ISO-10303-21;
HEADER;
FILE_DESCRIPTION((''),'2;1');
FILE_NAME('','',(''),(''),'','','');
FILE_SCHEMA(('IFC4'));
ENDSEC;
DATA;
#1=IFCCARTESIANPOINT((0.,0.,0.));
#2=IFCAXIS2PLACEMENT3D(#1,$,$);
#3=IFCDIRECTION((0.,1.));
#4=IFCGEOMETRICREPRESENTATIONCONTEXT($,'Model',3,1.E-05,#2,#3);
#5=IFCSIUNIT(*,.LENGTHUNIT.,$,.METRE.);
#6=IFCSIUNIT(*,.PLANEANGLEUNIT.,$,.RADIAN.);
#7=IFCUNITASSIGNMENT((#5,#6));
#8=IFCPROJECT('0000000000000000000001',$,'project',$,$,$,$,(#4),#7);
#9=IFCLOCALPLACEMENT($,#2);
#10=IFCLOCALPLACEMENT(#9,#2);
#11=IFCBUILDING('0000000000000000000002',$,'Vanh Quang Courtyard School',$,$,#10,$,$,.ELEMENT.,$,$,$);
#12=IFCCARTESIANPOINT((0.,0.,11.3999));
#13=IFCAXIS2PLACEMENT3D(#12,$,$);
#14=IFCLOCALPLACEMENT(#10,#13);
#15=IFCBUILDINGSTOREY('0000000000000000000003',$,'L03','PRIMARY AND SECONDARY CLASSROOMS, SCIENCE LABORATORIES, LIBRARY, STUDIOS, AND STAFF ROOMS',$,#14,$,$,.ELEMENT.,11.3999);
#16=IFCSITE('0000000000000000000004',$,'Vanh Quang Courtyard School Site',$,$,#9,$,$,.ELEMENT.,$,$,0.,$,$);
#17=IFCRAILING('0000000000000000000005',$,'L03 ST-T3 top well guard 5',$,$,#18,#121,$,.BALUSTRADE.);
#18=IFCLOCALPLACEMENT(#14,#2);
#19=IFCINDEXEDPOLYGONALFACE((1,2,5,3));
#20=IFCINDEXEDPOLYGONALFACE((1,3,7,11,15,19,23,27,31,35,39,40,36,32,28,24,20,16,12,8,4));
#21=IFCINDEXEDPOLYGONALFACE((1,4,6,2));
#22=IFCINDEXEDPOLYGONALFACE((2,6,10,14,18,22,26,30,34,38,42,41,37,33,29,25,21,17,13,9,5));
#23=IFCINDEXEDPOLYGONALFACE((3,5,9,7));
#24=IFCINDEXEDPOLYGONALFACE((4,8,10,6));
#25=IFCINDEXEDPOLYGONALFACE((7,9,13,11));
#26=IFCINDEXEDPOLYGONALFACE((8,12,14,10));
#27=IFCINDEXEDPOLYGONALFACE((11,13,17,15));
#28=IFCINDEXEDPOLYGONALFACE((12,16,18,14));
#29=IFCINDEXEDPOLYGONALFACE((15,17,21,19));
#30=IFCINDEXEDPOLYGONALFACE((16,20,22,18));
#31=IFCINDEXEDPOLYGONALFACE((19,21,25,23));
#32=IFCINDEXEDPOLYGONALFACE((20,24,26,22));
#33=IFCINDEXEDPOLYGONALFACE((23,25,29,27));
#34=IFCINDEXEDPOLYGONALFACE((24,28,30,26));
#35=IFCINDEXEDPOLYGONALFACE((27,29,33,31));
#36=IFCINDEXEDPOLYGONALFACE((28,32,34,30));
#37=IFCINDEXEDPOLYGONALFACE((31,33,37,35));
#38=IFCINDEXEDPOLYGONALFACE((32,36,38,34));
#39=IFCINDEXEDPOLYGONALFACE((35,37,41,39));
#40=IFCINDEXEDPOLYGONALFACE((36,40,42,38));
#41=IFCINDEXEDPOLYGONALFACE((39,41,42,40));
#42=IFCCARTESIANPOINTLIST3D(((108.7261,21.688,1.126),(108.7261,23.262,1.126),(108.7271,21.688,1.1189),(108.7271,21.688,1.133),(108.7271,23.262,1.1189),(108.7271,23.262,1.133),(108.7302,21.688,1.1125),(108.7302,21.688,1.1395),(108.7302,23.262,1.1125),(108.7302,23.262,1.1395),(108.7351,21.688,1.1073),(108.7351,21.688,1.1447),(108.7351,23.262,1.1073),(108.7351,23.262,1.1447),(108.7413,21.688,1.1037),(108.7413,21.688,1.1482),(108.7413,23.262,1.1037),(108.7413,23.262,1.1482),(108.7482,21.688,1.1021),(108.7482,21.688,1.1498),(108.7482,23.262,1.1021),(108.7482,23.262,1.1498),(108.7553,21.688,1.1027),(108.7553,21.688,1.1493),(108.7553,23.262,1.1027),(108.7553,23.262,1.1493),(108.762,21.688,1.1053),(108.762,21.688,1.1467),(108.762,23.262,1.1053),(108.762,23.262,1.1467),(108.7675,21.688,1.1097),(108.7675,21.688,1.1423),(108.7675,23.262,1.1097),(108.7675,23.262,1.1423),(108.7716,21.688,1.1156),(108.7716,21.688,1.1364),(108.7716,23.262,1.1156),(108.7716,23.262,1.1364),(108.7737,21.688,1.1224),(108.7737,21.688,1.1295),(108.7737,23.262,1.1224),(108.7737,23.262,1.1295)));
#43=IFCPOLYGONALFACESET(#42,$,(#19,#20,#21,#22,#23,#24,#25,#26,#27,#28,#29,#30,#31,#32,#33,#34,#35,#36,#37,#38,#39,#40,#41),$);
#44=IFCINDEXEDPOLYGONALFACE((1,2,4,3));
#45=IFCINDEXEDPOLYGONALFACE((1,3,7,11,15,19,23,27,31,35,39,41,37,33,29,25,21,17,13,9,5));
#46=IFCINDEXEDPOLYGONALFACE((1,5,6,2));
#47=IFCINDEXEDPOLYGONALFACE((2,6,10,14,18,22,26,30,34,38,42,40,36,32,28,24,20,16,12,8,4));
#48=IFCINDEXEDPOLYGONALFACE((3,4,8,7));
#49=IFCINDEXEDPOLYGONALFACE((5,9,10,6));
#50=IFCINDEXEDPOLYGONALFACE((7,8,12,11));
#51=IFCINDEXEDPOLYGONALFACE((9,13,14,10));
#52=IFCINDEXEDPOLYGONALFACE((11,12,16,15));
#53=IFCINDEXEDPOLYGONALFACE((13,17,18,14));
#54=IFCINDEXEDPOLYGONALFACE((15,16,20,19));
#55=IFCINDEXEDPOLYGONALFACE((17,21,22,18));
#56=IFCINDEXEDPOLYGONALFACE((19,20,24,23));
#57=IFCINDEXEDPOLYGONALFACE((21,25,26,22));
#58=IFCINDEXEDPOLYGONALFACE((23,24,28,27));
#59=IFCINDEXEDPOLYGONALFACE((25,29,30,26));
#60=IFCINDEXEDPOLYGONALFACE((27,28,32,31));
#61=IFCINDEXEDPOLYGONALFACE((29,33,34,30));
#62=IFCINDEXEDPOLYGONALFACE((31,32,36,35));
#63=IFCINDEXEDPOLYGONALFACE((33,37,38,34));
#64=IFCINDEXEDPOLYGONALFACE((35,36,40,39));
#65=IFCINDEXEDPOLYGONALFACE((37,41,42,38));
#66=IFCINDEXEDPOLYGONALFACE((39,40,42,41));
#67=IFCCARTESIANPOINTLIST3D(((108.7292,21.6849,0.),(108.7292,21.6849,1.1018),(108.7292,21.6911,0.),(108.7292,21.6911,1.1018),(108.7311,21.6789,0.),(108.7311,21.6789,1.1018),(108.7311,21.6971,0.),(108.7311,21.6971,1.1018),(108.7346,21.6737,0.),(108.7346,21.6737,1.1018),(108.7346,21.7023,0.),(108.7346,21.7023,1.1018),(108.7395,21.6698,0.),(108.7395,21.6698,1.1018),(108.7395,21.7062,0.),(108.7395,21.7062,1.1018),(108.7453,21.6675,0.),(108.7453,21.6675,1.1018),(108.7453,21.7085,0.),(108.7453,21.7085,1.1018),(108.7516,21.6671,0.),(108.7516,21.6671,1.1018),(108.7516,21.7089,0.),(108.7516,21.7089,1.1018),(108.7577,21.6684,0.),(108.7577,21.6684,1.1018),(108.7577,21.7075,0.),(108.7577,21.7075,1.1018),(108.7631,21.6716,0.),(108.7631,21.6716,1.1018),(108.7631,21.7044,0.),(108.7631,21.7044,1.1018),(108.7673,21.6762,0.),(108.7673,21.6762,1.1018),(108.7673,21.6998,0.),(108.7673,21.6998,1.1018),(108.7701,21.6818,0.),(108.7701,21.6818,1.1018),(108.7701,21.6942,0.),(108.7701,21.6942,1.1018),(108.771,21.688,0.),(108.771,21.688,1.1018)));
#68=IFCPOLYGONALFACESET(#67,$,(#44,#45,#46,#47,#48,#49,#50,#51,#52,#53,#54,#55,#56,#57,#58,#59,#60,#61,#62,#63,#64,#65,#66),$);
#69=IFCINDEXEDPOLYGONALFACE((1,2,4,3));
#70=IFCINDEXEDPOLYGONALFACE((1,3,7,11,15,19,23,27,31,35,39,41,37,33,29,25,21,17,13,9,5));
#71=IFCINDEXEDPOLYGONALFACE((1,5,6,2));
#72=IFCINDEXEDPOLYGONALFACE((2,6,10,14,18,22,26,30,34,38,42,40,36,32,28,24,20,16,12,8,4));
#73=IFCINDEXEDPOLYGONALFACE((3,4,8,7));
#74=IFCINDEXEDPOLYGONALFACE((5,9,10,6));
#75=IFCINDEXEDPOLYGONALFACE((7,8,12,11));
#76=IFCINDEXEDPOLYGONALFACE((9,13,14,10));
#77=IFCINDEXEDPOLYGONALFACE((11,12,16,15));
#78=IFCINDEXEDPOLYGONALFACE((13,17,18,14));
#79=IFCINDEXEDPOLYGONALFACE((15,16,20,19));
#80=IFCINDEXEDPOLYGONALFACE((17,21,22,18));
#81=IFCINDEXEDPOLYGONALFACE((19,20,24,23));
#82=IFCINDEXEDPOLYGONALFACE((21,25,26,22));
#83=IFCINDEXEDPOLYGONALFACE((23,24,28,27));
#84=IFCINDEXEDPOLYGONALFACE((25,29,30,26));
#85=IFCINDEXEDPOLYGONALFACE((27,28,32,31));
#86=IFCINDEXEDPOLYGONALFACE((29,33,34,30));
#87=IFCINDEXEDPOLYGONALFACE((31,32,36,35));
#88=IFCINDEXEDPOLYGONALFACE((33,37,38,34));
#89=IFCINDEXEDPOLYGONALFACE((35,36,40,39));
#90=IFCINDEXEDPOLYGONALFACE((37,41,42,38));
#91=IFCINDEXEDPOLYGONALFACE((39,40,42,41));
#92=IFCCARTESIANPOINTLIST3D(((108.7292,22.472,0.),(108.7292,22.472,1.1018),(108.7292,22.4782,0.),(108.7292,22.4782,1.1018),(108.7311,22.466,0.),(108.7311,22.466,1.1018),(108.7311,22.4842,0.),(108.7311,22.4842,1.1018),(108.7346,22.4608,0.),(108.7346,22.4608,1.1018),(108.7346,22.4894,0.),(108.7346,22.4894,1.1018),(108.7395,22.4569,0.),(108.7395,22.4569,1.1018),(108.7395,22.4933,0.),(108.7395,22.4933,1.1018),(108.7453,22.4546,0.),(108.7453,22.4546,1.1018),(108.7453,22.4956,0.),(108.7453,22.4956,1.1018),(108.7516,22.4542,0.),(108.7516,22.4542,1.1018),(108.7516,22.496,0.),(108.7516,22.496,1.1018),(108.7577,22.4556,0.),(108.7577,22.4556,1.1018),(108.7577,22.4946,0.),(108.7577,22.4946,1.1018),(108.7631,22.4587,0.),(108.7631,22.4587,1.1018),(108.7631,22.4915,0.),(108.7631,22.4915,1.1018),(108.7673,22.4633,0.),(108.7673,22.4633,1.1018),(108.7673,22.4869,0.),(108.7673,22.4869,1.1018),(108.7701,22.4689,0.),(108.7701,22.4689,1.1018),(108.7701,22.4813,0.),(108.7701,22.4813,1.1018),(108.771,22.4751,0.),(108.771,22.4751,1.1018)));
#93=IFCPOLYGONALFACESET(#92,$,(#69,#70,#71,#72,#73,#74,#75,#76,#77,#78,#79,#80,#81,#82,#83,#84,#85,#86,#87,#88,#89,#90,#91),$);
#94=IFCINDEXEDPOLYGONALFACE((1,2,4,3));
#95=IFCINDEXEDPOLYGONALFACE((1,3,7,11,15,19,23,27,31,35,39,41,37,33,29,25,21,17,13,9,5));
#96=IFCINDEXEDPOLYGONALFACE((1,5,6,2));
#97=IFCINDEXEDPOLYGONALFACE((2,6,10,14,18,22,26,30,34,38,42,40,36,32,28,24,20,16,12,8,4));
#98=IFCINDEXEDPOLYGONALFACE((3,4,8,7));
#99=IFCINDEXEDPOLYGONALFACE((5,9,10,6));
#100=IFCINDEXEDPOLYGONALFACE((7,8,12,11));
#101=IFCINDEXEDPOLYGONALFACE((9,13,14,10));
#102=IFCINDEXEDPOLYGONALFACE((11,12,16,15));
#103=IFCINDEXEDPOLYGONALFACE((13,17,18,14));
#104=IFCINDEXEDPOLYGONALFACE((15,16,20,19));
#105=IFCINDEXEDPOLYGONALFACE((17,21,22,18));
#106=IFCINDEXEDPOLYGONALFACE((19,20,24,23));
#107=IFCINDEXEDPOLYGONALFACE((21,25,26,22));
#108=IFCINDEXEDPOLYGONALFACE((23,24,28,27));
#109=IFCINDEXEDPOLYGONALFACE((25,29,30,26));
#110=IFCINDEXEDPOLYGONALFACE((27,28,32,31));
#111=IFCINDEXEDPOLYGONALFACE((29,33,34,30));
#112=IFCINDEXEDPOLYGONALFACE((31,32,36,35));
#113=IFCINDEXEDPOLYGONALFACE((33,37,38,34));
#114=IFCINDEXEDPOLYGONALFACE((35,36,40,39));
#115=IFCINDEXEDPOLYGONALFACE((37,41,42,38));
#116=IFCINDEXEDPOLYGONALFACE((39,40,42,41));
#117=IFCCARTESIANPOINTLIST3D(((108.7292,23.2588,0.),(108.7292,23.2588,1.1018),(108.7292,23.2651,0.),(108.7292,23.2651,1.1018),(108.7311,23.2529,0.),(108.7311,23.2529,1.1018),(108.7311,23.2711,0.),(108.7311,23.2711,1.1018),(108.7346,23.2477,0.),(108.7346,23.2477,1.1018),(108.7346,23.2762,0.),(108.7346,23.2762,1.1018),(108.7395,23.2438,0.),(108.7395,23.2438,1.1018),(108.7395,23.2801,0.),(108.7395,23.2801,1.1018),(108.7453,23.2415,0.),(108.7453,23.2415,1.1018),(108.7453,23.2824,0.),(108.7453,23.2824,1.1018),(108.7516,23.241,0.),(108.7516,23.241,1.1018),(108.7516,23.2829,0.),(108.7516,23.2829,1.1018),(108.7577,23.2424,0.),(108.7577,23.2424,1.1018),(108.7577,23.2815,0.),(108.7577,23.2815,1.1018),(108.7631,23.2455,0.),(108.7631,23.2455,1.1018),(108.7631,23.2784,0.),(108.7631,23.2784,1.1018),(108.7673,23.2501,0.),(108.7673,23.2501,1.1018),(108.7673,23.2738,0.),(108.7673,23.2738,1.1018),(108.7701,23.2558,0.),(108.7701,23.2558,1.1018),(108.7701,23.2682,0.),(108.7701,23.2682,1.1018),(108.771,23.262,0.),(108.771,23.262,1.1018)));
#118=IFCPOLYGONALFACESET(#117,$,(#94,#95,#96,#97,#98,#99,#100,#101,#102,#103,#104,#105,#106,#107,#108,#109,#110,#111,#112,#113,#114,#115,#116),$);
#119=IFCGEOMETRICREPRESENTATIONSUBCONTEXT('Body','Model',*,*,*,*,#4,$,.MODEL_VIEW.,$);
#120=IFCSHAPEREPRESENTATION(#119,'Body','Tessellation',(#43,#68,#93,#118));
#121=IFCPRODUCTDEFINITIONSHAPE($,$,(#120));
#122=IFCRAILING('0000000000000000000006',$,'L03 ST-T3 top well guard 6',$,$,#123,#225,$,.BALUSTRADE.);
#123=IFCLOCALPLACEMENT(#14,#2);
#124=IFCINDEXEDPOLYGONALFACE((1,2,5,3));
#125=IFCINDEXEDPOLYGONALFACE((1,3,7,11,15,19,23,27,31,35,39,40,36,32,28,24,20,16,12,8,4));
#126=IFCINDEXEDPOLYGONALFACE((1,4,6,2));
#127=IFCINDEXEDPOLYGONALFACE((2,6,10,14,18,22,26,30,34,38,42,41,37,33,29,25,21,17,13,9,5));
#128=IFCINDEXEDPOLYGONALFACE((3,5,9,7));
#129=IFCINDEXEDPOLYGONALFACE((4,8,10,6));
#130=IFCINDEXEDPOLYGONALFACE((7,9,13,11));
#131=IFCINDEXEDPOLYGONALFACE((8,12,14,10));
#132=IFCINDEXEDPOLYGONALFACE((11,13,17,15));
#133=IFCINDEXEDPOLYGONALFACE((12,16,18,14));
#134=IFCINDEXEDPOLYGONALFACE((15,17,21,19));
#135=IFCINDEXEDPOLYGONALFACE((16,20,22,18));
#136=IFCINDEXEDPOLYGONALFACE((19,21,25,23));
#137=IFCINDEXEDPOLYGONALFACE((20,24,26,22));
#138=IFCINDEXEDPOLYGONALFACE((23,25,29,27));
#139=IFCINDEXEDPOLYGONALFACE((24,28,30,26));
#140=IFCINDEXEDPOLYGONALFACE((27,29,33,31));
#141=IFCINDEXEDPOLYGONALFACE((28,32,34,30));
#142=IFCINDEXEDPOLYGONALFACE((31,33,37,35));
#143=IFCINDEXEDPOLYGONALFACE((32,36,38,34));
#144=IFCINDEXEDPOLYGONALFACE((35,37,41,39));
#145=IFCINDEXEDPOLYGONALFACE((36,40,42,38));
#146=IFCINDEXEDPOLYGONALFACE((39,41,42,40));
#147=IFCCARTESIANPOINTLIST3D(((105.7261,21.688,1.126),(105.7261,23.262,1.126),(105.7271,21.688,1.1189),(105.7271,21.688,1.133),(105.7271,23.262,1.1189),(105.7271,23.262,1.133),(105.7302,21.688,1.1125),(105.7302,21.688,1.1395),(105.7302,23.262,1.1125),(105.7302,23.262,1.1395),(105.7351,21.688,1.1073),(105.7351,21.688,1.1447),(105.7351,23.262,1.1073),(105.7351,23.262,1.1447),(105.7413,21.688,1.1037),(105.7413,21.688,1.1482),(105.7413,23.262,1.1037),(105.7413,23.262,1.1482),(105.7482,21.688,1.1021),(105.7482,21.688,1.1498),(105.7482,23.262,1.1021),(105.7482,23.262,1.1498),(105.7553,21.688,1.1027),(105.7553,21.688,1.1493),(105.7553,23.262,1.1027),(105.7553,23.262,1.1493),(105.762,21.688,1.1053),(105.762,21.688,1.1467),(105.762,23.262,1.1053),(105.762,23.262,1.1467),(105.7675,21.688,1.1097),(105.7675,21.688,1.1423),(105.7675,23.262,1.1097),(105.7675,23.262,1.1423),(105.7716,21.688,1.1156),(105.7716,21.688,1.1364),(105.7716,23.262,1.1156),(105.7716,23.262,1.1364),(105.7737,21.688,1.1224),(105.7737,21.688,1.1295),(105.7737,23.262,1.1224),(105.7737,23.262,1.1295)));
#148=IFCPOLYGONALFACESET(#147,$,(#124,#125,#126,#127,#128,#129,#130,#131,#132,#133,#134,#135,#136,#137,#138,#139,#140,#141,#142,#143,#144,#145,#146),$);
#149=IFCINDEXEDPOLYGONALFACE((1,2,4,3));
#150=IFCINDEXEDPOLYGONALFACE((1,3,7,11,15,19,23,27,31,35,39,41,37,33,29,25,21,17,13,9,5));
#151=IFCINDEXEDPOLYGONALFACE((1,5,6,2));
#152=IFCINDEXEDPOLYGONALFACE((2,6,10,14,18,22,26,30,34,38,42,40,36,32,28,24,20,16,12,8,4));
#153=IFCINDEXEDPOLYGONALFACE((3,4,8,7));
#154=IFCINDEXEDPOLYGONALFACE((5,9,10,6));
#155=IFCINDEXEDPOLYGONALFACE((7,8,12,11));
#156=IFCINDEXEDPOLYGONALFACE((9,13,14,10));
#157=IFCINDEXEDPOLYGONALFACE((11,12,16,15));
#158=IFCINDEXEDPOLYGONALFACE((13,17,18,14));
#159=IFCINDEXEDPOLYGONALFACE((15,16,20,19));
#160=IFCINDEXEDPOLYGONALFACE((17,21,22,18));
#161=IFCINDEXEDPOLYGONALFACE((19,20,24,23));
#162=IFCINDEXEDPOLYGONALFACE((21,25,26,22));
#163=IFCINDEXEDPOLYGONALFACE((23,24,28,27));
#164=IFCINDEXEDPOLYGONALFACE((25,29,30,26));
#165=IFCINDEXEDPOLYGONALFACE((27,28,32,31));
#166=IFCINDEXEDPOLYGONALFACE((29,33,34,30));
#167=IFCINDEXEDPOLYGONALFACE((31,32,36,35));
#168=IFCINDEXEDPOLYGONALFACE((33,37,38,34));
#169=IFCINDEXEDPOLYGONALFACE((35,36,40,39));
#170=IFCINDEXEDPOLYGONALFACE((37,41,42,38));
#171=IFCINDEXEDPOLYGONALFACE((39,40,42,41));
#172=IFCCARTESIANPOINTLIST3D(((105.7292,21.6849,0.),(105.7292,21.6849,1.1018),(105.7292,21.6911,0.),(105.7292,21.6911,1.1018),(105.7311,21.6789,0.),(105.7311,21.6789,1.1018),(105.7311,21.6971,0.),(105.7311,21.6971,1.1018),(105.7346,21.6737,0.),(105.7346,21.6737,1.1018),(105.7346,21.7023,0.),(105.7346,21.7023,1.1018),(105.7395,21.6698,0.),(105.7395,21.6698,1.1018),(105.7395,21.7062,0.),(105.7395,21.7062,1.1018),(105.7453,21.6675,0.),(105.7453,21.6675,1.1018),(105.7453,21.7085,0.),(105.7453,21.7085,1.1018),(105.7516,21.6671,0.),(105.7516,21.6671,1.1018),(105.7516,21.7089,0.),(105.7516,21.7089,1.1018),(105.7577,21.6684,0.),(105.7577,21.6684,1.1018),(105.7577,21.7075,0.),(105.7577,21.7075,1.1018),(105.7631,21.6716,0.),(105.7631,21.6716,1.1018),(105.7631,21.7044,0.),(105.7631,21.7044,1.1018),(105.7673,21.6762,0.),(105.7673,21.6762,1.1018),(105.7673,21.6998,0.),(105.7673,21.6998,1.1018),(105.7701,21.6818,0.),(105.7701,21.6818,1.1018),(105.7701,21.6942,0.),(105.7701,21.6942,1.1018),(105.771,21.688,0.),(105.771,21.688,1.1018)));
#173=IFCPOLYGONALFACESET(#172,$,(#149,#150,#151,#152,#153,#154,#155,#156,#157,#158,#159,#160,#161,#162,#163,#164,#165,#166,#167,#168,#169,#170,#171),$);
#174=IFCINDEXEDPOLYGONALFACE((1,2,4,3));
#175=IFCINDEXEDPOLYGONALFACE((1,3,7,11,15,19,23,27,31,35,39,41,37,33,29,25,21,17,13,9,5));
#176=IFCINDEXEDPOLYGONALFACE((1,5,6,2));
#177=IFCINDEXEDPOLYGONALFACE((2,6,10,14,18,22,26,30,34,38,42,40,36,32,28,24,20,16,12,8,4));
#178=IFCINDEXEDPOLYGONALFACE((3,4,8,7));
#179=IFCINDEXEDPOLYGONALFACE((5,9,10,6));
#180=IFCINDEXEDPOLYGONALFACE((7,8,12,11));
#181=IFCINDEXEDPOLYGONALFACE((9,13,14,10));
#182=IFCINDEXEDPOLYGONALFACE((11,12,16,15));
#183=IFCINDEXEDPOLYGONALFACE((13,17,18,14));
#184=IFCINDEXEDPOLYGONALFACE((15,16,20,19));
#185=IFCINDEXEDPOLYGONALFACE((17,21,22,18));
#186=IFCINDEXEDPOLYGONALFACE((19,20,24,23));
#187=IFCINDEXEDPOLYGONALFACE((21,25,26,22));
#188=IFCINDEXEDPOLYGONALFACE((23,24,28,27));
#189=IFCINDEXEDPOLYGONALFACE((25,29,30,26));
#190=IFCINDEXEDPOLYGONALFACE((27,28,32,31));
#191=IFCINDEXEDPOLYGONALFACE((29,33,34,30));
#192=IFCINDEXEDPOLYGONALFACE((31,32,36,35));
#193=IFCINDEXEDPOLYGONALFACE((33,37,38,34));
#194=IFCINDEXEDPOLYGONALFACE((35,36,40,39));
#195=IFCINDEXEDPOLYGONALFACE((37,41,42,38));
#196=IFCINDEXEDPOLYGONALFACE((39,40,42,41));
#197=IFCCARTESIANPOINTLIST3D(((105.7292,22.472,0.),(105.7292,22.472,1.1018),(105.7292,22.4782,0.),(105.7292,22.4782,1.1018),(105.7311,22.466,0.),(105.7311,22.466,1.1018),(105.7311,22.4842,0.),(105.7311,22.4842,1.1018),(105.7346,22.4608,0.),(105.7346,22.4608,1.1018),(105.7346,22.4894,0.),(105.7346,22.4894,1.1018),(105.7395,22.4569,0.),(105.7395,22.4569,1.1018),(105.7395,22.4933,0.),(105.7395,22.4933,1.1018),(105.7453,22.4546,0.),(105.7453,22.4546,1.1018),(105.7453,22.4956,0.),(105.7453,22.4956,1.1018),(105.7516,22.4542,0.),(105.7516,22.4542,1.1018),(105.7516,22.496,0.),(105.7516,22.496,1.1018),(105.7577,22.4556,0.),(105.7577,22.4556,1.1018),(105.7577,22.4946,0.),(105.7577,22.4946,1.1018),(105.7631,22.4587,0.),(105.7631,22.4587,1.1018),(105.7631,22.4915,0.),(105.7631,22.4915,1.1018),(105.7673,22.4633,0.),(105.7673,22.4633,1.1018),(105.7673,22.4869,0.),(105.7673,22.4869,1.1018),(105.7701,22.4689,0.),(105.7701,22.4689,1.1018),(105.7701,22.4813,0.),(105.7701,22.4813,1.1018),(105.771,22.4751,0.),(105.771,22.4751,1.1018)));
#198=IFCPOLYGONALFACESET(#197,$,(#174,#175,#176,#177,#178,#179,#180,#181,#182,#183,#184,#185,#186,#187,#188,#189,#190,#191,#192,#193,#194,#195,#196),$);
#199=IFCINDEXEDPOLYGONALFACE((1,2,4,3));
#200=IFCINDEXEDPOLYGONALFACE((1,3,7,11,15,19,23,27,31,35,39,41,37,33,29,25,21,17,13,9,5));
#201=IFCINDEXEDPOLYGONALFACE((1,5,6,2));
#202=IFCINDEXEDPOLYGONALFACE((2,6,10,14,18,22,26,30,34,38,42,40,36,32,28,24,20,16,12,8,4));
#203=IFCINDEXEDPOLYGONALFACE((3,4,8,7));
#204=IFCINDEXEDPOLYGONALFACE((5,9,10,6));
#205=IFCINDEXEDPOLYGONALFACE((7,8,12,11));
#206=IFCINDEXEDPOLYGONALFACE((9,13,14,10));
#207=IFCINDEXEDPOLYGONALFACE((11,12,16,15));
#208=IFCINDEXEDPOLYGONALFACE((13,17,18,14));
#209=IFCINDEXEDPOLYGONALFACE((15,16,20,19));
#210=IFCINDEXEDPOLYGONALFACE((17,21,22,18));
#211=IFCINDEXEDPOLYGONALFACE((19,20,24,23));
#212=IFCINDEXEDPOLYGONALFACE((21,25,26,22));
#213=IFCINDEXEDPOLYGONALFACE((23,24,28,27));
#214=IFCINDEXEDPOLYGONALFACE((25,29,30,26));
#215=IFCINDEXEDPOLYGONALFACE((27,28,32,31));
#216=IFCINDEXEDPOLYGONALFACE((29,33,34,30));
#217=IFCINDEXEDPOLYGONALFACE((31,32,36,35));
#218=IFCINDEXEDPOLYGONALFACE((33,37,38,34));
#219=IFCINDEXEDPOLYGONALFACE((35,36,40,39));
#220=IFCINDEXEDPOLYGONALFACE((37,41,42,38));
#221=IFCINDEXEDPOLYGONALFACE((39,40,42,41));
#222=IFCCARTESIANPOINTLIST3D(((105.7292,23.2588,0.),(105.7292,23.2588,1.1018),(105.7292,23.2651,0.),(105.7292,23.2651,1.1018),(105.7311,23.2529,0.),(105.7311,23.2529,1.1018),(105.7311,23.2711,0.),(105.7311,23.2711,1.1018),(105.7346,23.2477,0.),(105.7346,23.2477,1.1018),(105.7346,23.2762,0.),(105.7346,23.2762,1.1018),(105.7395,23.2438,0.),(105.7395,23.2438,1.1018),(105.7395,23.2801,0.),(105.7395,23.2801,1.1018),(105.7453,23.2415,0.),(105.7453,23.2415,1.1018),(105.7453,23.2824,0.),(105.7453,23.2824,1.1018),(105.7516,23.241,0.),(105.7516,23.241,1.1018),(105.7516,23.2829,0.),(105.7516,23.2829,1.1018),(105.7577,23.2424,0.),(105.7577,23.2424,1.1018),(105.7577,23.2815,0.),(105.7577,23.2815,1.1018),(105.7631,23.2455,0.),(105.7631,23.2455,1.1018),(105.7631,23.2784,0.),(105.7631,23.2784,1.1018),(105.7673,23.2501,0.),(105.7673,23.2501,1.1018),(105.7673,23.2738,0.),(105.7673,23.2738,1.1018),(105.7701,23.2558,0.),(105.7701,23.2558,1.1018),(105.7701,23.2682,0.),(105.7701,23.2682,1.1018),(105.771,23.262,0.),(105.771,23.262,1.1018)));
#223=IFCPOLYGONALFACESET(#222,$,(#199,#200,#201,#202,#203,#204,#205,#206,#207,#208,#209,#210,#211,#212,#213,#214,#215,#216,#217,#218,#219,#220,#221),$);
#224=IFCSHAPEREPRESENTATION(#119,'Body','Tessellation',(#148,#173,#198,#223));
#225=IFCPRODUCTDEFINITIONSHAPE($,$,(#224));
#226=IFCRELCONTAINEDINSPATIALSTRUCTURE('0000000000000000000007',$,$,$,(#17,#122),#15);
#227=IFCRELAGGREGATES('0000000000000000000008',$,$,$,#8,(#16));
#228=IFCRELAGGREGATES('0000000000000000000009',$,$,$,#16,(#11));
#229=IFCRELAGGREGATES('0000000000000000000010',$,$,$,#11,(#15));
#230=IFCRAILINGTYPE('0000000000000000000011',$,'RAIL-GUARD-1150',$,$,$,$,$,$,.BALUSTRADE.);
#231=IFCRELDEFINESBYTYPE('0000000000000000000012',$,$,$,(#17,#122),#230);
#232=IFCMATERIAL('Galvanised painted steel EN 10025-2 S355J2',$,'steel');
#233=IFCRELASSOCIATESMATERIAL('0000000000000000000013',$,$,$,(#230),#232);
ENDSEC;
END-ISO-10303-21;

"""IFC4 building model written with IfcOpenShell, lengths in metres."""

from ifc_helpers import new_model, si_unit, direction, frame, origin, origin_2d, place, context, subcontext, project, spatial, circle, extrude, material, type_object, element, save


model = new_model("IFC4")

# Units and contexts
model_context = context("Model", 3, precision=1e-05, world=origin(), true_north=direction((0.0, 1.0)))
body_context = subcontext(model_context, "Body", "Model", "MODEL_VIEW")
ifc_project = project(units=[si_unit("LENGTHUNIT", "METRE"), si_unit("PLANEANGLEUNIT", "RADIAN")], contexts=[model_context])

# Site, building, storey
site_placement = place(None, origin())
site = spatial("IfcSite", under=ifc_project, at=site_placement, Name="Vanh Quang Courtyard School Site", CompositionType="ELEMENT", RefElevation=0.0)
building_placement = place(site_placement, origin())
building = spatial("IfcBuilding", under=site, at=building_placement, Name="Vanh Quang Courtyard School", CompositionType="ELEMENT")
storey_placement = place(building_placement, frame((0.0, 0.0, 11.3999)))
storey = spatial("IfcBuildingStorey", under=building, at=storey_placement, Name="L03", Description="PRIMARY AND SECONDARY CLASSROOMS, SCIENCE LABORATORIES, LIBRARY, STUDIOS, AND STAFF ROOMS", CompositionType="ELEMENT", Elevation=11.3999)

# Railings
ifc_material_1 = material(Name="Galvanised painted steel EN 10025-2 S355J2", Category="steel")
railing_type = type_object("IfcRailingType", Name="RAIL-GUARD-1150", PredefinedType="BALUSTRADE", material=ifc_material_1)
for number, where, name in (
    (1, (108.75, 21.688, 0.0), "L03 ST-T3 top well guard 5"),
    (2, (105.75, 21.688, 0.0), "L03 ST-T3 top well guard 6"),
):
    element("IfcRailing", number, at=place(storey_placement, frame(where)), inside=storey, type_object=railing_type, Name=name, PredefinedType="BALUSTRADE", context=body_context, shape_type="SweptSolid", body=[
        extrude(circle(Radius=0.0239, at=origin_2d()), frame((0.0, 0.0, 1.126), z_axis=(0.0, 1.0, 0.0), x_axis=(-1.0, 0.0, 0.0)), (0.0, 0.0, 1.0), 1.574),
        extrude(circle(Radius=0.021, at=origin_2d()), origin(), (0.0, 0.0, 1.0), 1.1018),
        extrude(circle(Radius=0.021, at=origin_2d()), frame((0.0, 0.7871, 0.0)), (0.0, 0.0, 1.0), 1.1018),
        extrude(circle(Radius=0.021, at=origin_2d()), frame((0.0, 1.574, 0.0)), (0.0, 0.0, 1.0), 1.1018),
    ])

save(model, "model.ifc")
